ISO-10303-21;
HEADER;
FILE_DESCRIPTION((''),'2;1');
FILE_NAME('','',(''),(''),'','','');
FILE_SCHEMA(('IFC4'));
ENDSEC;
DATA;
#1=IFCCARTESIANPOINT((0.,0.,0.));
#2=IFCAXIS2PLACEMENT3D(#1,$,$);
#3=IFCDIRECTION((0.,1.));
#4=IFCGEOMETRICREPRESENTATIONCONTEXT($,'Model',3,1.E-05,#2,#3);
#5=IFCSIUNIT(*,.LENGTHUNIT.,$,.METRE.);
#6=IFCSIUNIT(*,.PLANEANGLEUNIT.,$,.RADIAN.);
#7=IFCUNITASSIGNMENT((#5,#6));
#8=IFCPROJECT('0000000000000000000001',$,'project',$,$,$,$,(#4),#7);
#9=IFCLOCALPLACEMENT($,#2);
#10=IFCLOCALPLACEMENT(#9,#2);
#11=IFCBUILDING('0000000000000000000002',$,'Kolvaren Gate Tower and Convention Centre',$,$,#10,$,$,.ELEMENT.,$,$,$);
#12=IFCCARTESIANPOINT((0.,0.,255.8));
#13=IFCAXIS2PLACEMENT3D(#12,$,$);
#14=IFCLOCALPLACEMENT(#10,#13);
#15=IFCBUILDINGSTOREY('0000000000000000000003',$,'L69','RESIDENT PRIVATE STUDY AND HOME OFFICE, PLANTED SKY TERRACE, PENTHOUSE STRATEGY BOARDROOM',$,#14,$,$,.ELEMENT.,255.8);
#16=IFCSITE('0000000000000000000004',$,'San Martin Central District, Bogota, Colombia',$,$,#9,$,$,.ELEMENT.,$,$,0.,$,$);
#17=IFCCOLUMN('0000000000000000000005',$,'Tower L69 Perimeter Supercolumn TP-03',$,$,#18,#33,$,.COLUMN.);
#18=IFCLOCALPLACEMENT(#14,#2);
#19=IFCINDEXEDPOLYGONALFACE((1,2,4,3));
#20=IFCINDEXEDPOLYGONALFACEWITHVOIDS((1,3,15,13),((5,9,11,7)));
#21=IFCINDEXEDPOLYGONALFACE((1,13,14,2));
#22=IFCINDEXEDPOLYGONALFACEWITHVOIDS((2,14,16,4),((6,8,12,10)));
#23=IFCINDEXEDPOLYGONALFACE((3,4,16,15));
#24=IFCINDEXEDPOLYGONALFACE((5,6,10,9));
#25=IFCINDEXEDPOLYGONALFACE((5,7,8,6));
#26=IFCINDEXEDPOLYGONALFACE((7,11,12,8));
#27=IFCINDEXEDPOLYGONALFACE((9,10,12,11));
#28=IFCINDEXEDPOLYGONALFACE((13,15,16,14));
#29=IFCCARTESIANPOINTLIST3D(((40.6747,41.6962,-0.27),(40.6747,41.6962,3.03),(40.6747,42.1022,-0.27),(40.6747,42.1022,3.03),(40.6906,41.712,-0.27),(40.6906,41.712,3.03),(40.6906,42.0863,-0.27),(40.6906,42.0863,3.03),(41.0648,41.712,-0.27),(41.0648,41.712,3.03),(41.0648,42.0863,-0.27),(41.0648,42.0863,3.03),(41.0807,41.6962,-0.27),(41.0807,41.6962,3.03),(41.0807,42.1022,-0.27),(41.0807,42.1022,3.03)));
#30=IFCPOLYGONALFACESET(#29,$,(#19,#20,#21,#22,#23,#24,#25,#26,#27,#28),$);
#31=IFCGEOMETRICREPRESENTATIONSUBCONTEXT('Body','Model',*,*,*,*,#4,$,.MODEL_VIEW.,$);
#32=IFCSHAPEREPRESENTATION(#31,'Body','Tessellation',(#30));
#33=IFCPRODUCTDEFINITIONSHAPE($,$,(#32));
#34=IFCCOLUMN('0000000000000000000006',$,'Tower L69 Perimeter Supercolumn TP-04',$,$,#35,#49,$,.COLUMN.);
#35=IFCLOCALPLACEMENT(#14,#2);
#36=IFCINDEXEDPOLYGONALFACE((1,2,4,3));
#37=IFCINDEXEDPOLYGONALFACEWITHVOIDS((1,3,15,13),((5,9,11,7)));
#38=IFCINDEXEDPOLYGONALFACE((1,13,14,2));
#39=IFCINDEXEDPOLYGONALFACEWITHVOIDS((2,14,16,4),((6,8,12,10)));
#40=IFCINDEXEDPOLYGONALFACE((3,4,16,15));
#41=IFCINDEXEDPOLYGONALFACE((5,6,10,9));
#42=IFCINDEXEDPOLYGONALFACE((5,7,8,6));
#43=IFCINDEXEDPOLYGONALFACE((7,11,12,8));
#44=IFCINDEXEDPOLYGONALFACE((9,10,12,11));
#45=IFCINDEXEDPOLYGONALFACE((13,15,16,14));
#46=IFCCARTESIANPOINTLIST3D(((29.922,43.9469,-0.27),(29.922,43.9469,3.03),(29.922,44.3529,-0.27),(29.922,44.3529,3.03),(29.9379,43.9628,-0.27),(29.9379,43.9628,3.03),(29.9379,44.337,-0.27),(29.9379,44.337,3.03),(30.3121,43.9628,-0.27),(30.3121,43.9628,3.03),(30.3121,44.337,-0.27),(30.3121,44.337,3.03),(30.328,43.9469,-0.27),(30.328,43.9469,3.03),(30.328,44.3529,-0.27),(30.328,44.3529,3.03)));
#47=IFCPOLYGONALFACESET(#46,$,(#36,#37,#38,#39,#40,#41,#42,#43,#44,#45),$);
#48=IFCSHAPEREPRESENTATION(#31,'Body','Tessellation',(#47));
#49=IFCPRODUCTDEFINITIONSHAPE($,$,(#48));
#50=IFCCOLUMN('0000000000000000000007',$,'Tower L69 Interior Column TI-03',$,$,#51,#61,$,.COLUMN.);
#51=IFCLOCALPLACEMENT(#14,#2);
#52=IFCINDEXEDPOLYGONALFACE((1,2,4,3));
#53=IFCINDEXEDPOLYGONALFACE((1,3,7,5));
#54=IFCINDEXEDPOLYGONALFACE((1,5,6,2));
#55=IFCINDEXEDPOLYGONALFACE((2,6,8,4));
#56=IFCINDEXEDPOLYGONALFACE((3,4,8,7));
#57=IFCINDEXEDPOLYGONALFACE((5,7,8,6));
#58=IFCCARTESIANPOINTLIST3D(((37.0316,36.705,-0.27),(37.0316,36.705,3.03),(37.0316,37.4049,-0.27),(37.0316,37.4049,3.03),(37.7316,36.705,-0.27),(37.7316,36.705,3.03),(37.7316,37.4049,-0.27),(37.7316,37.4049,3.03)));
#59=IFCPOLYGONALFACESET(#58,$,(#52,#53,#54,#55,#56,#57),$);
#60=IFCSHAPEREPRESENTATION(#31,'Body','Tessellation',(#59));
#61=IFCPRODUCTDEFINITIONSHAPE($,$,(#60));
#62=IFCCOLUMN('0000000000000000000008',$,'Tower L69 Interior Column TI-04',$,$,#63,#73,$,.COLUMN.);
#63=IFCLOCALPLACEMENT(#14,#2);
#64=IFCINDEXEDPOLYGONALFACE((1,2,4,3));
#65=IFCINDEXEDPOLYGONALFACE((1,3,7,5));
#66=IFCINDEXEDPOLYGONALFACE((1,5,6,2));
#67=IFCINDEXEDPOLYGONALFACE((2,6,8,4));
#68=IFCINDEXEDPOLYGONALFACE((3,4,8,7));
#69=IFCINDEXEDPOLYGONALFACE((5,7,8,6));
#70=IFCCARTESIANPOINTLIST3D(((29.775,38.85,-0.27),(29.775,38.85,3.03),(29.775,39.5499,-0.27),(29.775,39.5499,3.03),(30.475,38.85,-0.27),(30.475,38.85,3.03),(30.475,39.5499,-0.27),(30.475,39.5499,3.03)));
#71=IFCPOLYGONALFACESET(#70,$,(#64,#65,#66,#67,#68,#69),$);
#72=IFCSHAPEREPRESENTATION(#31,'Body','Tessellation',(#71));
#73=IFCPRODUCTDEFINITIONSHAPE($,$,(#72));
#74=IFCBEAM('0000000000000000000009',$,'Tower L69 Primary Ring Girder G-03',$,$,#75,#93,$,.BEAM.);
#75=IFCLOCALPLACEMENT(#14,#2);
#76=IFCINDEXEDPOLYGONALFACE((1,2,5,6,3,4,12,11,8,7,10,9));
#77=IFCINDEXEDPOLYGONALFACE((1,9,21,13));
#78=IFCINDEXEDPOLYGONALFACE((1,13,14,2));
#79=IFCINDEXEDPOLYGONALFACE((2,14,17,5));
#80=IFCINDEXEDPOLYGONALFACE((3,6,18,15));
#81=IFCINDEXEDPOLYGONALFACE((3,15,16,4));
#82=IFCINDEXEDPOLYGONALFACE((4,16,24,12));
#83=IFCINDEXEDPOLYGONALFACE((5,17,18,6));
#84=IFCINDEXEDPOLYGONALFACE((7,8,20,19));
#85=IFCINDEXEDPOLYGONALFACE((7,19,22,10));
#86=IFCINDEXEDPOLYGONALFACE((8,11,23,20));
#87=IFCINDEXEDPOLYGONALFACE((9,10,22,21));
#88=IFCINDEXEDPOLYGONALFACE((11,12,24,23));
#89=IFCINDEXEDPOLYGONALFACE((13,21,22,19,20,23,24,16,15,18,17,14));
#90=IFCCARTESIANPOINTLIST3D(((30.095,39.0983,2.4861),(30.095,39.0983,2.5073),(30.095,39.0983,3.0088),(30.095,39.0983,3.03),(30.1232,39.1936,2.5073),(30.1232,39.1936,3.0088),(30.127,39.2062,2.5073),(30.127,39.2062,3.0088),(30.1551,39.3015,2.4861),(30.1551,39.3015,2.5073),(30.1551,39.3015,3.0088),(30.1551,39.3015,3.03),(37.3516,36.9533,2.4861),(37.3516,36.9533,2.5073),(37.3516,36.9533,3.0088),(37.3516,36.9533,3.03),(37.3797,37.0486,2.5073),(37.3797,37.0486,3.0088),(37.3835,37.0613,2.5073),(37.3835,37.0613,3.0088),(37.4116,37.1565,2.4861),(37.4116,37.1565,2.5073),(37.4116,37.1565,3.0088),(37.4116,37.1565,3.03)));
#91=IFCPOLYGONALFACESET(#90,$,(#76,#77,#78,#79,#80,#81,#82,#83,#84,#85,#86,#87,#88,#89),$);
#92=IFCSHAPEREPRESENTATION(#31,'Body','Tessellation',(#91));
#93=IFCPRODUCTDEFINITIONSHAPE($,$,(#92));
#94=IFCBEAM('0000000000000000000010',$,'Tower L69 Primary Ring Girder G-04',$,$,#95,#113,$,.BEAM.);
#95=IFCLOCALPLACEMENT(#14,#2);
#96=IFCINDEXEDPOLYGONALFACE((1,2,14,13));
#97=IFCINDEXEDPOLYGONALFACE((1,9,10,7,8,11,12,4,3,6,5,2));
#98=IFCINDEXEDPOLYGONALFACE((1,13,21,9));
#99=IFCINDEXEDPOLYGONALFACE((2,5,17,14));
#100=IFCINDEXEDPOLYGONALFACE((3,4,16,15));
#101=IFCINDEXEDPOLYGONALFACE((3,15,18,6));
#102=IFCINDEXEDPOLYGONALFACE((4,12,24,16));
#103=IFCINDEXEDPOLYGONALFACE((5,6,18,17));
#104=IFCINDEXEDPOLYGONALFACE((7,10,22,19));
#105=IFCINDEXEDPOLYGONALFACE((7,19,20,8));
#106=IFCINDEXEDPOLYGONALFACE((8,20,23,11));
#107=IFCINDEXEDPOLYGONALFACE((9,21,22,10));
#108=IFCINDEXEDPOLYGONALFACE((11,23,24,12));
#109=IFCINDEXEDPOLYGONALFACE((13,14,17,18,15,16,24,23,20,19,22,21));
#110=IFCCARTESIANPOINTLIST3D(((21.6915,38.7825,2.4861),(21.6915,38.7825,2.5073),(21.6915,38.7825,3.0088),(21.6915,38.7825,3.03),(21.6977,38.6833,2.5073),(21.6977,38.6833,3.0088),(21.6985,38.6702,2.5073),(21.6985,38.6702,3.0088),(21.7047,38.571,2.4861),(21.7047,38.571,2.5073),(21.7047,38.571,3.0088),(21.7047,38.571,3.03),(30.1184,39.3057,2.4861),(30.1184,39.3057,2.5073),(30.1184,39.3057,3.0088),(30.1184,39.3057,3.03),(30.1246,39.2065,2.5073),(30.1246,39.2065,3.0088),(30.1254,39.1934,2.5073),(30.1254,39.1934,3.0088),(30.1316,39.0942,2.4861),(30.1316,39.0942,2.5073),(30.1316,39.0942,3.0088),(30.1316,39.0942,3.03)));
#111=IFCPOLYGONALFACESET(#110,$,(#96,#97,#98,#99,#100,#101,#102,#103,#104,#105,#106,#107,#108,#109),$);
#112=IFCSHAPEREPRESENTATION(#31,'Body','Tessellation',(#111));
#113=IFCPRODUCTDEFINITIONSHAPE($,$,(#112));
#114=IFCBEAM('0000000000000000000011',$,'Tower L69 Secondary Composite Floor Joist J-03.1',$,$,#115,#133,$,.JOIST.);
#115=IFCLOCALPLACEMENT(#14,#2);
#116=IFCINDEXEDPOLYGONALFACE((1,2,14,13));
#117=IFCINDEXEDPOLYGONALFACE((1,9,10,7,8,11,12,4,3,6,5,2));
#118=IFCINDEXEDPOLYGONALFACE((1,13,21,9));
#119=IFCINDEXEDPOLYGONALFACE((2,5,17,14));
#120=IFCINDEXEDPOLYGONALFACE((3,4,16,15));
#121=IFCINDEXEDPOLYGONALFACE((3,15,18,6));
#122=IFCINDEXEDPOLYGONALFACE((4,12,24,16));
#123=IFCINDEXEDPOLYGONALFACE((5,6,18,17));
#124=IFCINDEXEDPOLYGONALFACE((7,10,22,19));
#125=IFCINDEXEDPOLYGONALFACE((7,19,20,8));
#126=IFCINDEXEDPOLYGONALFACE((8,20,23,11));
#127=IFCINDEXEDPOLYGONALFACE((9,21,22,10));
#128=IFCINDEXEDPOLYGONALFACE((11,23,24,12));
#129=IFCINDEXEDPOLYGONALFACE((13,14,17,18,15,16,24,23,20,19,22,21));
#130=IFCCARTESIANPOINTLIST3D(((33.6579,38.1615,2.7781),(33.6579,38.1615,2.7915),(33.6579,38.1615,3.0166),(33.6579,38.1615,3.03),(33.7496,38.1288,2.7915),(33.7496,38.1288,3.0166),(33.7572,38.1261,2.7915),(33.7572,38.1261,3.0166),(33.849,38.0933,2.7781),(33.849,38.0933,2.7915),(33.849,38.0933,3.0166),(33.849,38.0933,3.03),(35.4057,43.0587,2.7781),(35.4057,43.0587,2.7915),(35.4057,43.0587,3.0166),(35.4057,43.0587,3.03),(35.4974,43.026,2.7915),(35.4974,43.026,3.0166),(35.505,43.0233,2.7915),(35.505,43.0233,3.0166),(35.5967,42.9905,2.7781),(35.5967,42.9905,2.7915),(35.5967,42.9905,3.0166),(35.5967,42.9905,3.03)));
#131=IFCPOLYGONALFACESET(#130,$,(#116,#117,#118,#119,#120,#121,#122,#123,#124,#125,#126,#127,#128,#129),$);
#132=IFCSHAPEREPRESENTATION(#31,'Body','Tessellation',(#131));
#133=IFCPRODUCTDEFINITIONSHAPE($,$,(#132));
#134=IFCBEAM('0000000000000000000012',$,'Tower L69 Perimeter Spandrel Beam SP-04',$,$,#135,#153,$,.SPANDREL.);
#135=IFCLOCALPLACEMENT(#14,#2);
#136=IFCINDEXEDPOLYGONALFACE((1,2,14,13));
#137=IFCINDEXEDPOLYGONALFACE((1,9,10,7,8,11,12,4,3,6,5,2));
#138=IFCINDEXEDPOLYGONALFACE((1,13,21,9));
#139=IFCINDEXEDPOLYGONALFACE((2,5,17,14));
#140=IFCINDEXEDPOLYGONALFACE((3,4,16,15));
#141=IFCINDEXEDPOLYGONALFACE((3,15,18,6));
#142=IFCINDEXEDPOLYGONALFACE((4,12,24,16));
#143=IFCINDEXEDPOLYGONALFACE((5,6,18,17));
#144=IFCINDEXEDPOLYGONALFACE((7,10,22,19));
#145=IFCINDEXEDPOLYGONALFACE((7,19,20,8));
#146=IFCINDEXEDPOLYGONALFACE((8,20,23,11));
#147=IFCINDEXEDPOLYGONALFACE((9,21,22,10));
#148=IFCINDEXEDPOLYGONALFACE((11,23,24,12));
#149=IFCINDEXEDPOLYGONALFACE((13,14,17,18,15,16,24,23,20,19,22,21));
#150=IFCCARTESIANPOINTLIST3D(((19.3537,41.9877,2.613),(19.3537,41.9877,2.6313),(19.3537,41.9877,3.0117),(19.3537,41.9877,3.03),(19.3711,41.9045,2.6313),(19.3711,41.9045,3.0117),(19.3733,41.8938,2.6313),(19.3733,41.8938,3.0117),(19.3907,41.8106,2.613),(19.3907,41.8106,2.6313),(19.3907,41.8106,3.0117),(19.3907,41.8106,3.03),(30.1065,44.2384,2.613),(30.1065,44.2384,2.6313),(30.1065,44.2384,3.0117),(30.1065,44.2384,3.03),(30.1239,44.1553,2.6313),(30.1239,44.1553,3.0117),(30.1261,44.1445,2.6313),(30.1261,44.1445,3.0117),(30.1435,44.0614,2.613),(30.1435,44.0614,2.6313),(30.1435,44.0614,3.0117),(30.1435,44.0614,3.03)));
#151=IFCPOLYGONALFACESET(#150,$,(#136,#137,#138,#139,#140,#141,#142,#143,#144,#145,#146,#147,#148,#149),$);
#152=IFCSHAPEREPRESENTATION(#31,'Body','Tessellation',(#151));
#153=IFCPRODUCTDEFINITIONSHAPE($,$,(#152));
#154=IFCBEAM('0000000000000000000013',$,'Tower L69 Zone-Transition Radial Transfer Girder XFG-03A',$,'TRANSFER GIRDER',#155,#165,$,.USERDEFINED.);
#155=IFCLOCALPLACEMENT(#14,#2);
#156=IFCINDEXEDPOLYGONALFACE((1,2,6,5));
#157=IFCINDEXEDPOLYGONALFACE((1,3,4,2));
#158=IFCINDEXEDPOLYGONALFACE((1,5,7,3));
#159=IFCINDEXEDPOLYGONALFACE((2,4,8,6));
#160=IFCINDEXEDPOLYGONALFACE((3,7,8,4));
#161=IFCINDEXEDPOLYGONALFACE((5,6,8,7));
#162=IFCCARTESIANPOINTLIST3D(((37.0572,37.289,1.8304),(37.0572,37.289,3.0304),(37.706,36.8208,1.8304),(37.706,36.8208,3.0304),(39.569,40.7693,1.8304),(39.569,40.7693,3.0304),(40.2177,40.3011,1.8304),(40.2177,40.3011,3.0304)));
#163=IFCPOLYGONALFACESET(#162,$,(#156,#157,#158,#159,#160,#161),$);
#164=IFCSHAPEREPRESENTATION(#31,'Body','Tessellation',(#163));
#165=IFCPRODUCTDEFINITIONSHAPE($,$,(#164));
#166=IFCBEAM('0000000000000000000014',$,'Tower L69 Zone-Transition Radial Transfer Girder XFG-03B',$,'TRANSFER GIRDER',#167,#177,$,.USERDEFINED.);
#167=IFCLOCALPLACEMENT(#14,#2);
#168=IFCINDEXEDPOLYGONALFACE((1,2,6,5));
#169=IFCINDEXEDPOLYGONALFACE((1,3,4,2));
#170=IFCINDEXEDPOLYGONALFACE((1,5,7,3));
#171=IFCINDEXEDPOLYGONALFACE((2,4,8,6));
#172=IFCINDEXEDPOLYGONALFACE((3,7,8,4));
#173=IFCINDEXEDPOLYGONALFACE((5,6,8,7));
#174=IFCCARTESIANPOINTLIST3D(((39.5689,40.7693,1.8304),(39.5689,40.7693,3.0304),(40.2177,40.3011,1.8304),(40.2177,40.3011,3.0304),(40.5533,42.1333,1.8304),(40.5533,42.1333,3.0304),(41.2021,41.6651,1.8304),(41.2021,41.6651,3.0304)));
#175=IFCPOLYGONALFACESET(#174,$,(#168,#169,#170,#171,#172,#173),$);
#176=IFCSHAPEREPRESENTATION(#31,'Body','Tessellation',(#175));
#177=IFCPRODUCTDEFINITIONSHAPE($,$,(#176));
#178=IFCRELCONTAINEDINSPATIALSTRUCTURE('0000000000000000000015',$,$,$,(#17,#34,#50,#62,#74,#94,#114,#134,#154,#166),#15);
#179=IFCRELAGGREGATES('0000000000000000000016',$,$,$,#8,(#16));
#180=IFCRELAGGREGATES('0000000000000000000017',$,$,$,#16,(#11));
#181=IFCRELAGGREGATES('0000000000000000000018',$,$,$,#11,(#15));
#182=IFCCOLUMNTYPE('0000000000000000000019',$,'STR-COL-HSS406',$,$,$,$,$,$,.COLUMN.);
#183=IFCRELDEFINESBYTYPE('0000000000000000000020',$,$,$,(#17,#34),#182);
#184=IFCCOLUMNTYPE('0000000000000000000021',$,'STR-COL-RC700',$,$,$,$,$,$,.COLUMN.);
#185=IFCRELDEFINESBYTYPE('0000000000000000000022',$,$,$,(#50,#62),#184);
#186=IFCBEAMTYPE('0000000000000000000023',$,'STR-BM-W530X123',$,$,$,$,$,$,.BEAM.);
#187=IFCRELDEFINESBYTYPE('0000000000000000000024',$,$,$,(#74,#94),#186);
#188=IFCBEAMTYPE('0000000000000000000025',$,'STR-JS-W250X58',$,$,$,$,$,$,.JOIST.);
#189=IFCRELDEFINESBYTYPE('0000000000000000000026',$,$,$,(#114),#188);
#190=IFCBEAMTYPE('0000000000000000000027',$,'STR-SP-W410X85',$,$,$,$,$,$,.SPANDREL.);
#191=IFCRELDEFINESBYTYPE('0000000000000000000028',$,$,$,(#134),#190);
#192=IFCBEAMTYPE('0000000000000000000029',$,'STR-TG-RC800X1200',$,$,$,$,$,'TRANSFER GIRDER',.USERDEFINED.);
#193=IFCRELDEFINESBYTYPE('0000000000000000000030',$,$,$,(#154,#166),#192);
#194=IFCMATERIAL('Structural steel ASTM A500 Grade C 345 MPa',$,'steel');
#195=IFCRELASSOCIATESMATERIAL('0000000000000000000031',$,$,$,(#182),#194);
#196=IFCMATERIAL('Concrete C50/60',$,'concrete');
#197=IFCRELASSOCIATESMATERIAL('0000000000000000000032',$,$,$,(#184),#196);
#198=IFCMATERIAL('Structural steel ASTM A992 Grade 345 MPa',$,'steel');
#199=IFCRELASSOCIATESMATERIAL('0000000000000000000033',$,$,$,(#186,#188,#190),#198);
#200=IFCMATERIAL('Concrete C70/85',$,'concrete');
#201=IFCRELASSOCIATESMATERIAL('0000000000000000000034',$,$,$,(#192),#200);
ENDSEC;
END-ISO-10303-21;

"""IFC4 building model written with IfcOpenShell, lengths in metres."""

from ifc_helpers import new_model, si_unit, direction, frame, origin, origin_2d, place, context, subcontext, project, spatial, rectangle, hollow_rectangle, i_section, extrude, material, material_profile, profile_set, type_object, element, save


model = new_model("IFC4")

# Units and contexts
model_context = context("Model", 3, precision=1e-05, world=origin(), true_north=direction((0.0, 1.0)))
body_context = subcontext(model_context, "Body", "Model", "MODEL_VIEW")
ifc_project = project(units=[si_unit("LENGTHUNIT", "METRE"), si_unit("PLANEANGLEUNIT", "RADIAN")], contexts=[model_context])

# Site, building, storey
site_placement = place(None, origin())
site = spatial("IfcSite", under=ifc_project, at=site_placement, Name="San Martin Central District, Bogota, Colombia", CompositionType="ELEMENT", RefElevation=0.0)
building_placement = place(site_placement, origin())
building = spatial("IfcBuilding", under=site, at=building_placement, Name="Kolvaren Gate Tower and Convention Centre", CompositionType="ELEMENT")
storey_placement = place(building_placement, frame((0.0, 0.0, 255.8)))
storey = spatial("IfcBuildingStorey", under=building, at=storey_placement, Name="L69", Description="RESIDENT PRIVATE STUDY AND HOME OFFICE, PLANTED SKY TERRACE, PENTHOUSE STRATEGY BOARDROOM", CompositionType="ELEMENT", Elevation=255.8)

# Columns
ifc_material_1 = material(Name="Structural steel ASTM A500 Grade C 345 MPa", Category="steel")
ifc_material_profile_1 = material_profile(ifc_material_1, hollow_rectangle(XDim=0.406, YDim=0.406, WallThickness=0.0159, at=origin_2d()), Name="HSS406X406X15.9")
ifc_profile_set_1 = profile_set([ifc_material_profile_1], Name="Structural steel ASTM A500 Grade C 345 MPa")
column_type_1 = type_object("IfcColumnType", Name="STR-COL-HSS406", PredefinedType="COLUMN", material=ifc_profile_set_1)
for number, where, z_axis, x_axis, name in (
    (1, (40.8777, 41.8992, -0.27), (0.0, 0.0, 1.0), (1.0, 0.0, 0.0), "Tower L69 Perimeter Supercolumn TP-03"),
    (2, (30.125, 44.1499, -0.27), (0.0, 0.0, 1.0), (1.0, 0.0, 0.0), "Tower L69 Perimeter Supercolumn TP-04"),
):
    element("IfcColumn", number, at=place(storey_placement, frame(where, z_axis=z_axis, x_axis=x_axis)), inside=storey, type_object=column_type_1, Name=name, PredefinedType="COLUMN", context=body_context, shape_type="SweptSolid", body=[
        extrude(hollow_rectangle(XDim=0.406, YDim=0.406, WallThickness=0.0159, at=origin_2d()), origin(), (0.0, 0.0, 1.0), 3.3),
    ])
ifc_material_2 = material(Name="Concrete C50/60", Category="concrete")
ifc_material_profile_2 = material_profile(ifc_material_2, rectangle(XDim=0.7, YDim=0.7, at=origin_2d()), Name="RC-COL-700X700")
ifc_profile_set_2 = profile_set([ifc_material_profile_2], Name="Concrete C50/60")
column_type_2 = type_object("IfcColumnType", Name="STR-COL-RC700", PredefinedType="COLUMN", material=ifc_profile_set_2)
for number, where, z_axis, x_axis, name in (
    (3, (37.3816, 37.0549, -0.27), (0.0, 0.0, 1.0), (1.0, 0.0, 0.0), "Tower L69 Interior Column TI-03"),
    (4, (30.125, 39.2, -0.27), (0.0, 0.0, 1.0), (1.0, 0.0, 0.0), "Tower L69 Interior Column TI-04"),
):
    element("IfcColumn", number, at=place(storey_placement, frame(where, z_axis=z_axis, x_axis=x_axis)), inside=storey, type_object=column_type_2, Name=name, PredefinedType="COLUMN", context=body_context, shape_type="SweptSolid", body=[
        extrude(rectangle(XDim=0.7, YDim=0.7, at=origin_2d()), origin(), (0.0, 0.0, 1.0), 3.3),
    ])

# Beams
ifc_material_3 = material(Name="Structural steel ASTM A992 Grade 345 MPa", Category="steel")
ifc_material_profile_3 = material_profile(ifc_material_3, i_section(OverallWidth=0.2119, OverallDepth=0.5439, WebThickness=0.0132, FlangeThickness=0.0212, at=origin_2d()), Name="W530X123")
ifc_profile_set_3 = profile_set([ifc_material_profile_3], Name="Structural steel ASTM A992 Grade 345 MPa")
beam_type_1 = type_object("IfcBeamType", Name="STR-BM-W530X123", PredefinedType="BEAM", material=ifc_profile_set_3)
beam_1_placement = place(storey_placement, frame((37.3816, 37.0549, 2.7581), z_axis=(-0.958981, 0.283471, 0.0), x_axis=(-0.283471, -0.958981, 0.0)))
element("IfcBeam", 5, at=beam_1_placement, inside=storey, type_object=beam_type_1, Name="Tower L69 Primary Ring Girder G-03", PredefinedType="BEAM", context=body_context, shape_type="SweptSolid", body=[
    extrude(i_section(OverallWidth=0.2119, OverallDepth=0.5439, WebThickness=0.0132, FlangeThickness=0.0212, at=origin_2d()), origin(), (0.0, 0.0, 1.0), 7.5669),
])
beam_2_placement = place(storey_placement, frame((30.125, 39.2, 2.7581), z_axis=(-0.998078, -0.061966, 0.0), x_axis=(0.061966, -0.998078, 0.0)))
element("IfcBeam", 6, at=beam_2_placement, inside=storey, type_object=beam_type_1, Name="Tower L69 Primary Ring Girder G-04", PredefinedType="BEAM", context=body_context, shape_type="SweptSolid", body=[
    extrude(i_section(OverallWidth=0.2119, OverallDepth=0.5439, WebThickness=0.0132, FlangeThickness=0.0212, at=origin_2d()), origin(), (0.0, 0.0, 1.0), 8.4431),
])
ifc_material_profile_4 = material_profile(ifc_material_3, i_section(OverallWidth=0.2029, OverallDepth=0.252, WebThickness=0.0081, FlangeThickness=0.0134, at=origin_2d()), Name="W250X58")
ifc_profile_set_4 = profile_set([ifc_material_profile_4], Name="Structural steel ASTM A992 Grade 345 MPa")
beam_type_2 = type_object("IfcBeamType", Name="STR-JS-W250X58", PredefinedType="JOIST", material=ifc_profile_set_4)
beam_3_placement = place(storey_placement, frame((33.7534, 38.1274, 2.9041), z_axis=(0.336131, 0.941815, 0.0), x_axis=(-0.941815, 0.336131, 0.0)))
element("IfcBeam", 7, at=beam_3_placement, inside=storey, type_object=beam_type_2, Name="Tower L69 Secondary Composite Floor Joist J-03.1", PredefinedType="JOIST", context=body_context, shape_type="SweptSolid", body=[
    extrude(i_section(OverallWidth=0.2029, OverallDepth=0.252, WebThickness=0.0081, FlangeThickness=0.0134, at=origin_2d()), origin(), (0.0, 0.0, 1.0), 5.1997),
])
ifc_material_profile_5 = material_profile(ifc_material_3, i_section(OverallWidth=0.1809, OverallDepth=0.417, WebThickness=0.011, FlangeThickness=0.0183, at=origin_2d()), Name="W410X85")
ifc_profile_set_5 = profile_set([ifc_material_profile_5], Name="Structural steel ASTM A992 Grade 345 MPa")
beam_type_3 = type_object("IfcBeamType", Name="STR-SP-W410X85", PredefinedType="SPANDREL", material=ifc_profile_set_5)
beam_4_placement = place(storey_placement, frame((30.125, 44.1499, 2.8215), z_axis=(-0.978788, -0.204878, 0.0), x_axis=(0.204878, -0.978788, 0.0)))
element("IfcBeam", 8, at=beam_4_placement, inside=storey, type_object=beam_type_3, Name="Tower L69 Perimeter Spandrel Beam SP-04", PredefinedType="SPANDREL", context=body_context, shape_type="SweptSolid", body=[
    extrude(i_section(OverallWidth=0.1809, OverallDepth=0.417, WebThickness=0.011, FlangeThickness=0.0183, at=origin_2d()), origin(), (0.0, 0.0, 1.0), 10.9858),
])
ifc_material_4 = material(Name="Concrete C70/85", Category="concrete")
ifc_material_profile_6 = material_profile(ifc_material_4, rectangle(XDim=0.8, YDim=1.2, at=origin_2d()), Name="RC-BM-800X1200")
ifc_profile_set_6 = profile_set([ifc_material_profile_6], Name="Concrete C70/85")
beam_type_4 = type_object("IfcBeamType", Name="STR-TG-RC800X1200", ElementType="TRANSFER GIRDER", PredefinedType="USERDEFINED", material=ifc_profile_set_6)
beam_5_placement = place(storey_placement, frame((37.3816, 37.0549, 2.4304), z_axis=(0.585218, 0.810876, 0.0), x_axis=(-0.810876, 0.585218, 0.0)))
element("IfcBeam", 9, at=beam_5_placement, inside=storey, type_object=beam_type_4, Name="Tower L69 Zone-Transition Radial Transfer Girder XFG-03A", ObjectType="TRANSFER GIRDER", PredefinedType="USERDEFINED", context=body_context, shape_type="SweptSolid", body=[
    extrude(rectangle(XDim=0.8, YDim=1.2, at=origin_2d()), origin(), (0.0, 0.0, 1.0), 4.292),
])
beam_6_placement = place(storey_placement, frame((39.8933, 40.5352, 2.4304), z_axis=(0.585199, 0.81089, 0.0), x_axis=(-0.81089, 0.585199, 0.0)))
element("IfcBeam", 10, at=beam_6_placement, inside=storey, type_object=beam_type_4, Name="Tower L69 Zone-Transition Radial Transfer Girder XFG-03B", ObjectType="TRANSFER GIRDER", PredefinedType="USERDEFINED", context=body_context, shape_type="SweptSolid", body=[
    extrude(rectangle(XDim=0.8, YDim=1.2, at=origin_2d()), origin(), (0.0, 0.0, 1.0), 1.6821),
])

save(model, "model.ifc")
